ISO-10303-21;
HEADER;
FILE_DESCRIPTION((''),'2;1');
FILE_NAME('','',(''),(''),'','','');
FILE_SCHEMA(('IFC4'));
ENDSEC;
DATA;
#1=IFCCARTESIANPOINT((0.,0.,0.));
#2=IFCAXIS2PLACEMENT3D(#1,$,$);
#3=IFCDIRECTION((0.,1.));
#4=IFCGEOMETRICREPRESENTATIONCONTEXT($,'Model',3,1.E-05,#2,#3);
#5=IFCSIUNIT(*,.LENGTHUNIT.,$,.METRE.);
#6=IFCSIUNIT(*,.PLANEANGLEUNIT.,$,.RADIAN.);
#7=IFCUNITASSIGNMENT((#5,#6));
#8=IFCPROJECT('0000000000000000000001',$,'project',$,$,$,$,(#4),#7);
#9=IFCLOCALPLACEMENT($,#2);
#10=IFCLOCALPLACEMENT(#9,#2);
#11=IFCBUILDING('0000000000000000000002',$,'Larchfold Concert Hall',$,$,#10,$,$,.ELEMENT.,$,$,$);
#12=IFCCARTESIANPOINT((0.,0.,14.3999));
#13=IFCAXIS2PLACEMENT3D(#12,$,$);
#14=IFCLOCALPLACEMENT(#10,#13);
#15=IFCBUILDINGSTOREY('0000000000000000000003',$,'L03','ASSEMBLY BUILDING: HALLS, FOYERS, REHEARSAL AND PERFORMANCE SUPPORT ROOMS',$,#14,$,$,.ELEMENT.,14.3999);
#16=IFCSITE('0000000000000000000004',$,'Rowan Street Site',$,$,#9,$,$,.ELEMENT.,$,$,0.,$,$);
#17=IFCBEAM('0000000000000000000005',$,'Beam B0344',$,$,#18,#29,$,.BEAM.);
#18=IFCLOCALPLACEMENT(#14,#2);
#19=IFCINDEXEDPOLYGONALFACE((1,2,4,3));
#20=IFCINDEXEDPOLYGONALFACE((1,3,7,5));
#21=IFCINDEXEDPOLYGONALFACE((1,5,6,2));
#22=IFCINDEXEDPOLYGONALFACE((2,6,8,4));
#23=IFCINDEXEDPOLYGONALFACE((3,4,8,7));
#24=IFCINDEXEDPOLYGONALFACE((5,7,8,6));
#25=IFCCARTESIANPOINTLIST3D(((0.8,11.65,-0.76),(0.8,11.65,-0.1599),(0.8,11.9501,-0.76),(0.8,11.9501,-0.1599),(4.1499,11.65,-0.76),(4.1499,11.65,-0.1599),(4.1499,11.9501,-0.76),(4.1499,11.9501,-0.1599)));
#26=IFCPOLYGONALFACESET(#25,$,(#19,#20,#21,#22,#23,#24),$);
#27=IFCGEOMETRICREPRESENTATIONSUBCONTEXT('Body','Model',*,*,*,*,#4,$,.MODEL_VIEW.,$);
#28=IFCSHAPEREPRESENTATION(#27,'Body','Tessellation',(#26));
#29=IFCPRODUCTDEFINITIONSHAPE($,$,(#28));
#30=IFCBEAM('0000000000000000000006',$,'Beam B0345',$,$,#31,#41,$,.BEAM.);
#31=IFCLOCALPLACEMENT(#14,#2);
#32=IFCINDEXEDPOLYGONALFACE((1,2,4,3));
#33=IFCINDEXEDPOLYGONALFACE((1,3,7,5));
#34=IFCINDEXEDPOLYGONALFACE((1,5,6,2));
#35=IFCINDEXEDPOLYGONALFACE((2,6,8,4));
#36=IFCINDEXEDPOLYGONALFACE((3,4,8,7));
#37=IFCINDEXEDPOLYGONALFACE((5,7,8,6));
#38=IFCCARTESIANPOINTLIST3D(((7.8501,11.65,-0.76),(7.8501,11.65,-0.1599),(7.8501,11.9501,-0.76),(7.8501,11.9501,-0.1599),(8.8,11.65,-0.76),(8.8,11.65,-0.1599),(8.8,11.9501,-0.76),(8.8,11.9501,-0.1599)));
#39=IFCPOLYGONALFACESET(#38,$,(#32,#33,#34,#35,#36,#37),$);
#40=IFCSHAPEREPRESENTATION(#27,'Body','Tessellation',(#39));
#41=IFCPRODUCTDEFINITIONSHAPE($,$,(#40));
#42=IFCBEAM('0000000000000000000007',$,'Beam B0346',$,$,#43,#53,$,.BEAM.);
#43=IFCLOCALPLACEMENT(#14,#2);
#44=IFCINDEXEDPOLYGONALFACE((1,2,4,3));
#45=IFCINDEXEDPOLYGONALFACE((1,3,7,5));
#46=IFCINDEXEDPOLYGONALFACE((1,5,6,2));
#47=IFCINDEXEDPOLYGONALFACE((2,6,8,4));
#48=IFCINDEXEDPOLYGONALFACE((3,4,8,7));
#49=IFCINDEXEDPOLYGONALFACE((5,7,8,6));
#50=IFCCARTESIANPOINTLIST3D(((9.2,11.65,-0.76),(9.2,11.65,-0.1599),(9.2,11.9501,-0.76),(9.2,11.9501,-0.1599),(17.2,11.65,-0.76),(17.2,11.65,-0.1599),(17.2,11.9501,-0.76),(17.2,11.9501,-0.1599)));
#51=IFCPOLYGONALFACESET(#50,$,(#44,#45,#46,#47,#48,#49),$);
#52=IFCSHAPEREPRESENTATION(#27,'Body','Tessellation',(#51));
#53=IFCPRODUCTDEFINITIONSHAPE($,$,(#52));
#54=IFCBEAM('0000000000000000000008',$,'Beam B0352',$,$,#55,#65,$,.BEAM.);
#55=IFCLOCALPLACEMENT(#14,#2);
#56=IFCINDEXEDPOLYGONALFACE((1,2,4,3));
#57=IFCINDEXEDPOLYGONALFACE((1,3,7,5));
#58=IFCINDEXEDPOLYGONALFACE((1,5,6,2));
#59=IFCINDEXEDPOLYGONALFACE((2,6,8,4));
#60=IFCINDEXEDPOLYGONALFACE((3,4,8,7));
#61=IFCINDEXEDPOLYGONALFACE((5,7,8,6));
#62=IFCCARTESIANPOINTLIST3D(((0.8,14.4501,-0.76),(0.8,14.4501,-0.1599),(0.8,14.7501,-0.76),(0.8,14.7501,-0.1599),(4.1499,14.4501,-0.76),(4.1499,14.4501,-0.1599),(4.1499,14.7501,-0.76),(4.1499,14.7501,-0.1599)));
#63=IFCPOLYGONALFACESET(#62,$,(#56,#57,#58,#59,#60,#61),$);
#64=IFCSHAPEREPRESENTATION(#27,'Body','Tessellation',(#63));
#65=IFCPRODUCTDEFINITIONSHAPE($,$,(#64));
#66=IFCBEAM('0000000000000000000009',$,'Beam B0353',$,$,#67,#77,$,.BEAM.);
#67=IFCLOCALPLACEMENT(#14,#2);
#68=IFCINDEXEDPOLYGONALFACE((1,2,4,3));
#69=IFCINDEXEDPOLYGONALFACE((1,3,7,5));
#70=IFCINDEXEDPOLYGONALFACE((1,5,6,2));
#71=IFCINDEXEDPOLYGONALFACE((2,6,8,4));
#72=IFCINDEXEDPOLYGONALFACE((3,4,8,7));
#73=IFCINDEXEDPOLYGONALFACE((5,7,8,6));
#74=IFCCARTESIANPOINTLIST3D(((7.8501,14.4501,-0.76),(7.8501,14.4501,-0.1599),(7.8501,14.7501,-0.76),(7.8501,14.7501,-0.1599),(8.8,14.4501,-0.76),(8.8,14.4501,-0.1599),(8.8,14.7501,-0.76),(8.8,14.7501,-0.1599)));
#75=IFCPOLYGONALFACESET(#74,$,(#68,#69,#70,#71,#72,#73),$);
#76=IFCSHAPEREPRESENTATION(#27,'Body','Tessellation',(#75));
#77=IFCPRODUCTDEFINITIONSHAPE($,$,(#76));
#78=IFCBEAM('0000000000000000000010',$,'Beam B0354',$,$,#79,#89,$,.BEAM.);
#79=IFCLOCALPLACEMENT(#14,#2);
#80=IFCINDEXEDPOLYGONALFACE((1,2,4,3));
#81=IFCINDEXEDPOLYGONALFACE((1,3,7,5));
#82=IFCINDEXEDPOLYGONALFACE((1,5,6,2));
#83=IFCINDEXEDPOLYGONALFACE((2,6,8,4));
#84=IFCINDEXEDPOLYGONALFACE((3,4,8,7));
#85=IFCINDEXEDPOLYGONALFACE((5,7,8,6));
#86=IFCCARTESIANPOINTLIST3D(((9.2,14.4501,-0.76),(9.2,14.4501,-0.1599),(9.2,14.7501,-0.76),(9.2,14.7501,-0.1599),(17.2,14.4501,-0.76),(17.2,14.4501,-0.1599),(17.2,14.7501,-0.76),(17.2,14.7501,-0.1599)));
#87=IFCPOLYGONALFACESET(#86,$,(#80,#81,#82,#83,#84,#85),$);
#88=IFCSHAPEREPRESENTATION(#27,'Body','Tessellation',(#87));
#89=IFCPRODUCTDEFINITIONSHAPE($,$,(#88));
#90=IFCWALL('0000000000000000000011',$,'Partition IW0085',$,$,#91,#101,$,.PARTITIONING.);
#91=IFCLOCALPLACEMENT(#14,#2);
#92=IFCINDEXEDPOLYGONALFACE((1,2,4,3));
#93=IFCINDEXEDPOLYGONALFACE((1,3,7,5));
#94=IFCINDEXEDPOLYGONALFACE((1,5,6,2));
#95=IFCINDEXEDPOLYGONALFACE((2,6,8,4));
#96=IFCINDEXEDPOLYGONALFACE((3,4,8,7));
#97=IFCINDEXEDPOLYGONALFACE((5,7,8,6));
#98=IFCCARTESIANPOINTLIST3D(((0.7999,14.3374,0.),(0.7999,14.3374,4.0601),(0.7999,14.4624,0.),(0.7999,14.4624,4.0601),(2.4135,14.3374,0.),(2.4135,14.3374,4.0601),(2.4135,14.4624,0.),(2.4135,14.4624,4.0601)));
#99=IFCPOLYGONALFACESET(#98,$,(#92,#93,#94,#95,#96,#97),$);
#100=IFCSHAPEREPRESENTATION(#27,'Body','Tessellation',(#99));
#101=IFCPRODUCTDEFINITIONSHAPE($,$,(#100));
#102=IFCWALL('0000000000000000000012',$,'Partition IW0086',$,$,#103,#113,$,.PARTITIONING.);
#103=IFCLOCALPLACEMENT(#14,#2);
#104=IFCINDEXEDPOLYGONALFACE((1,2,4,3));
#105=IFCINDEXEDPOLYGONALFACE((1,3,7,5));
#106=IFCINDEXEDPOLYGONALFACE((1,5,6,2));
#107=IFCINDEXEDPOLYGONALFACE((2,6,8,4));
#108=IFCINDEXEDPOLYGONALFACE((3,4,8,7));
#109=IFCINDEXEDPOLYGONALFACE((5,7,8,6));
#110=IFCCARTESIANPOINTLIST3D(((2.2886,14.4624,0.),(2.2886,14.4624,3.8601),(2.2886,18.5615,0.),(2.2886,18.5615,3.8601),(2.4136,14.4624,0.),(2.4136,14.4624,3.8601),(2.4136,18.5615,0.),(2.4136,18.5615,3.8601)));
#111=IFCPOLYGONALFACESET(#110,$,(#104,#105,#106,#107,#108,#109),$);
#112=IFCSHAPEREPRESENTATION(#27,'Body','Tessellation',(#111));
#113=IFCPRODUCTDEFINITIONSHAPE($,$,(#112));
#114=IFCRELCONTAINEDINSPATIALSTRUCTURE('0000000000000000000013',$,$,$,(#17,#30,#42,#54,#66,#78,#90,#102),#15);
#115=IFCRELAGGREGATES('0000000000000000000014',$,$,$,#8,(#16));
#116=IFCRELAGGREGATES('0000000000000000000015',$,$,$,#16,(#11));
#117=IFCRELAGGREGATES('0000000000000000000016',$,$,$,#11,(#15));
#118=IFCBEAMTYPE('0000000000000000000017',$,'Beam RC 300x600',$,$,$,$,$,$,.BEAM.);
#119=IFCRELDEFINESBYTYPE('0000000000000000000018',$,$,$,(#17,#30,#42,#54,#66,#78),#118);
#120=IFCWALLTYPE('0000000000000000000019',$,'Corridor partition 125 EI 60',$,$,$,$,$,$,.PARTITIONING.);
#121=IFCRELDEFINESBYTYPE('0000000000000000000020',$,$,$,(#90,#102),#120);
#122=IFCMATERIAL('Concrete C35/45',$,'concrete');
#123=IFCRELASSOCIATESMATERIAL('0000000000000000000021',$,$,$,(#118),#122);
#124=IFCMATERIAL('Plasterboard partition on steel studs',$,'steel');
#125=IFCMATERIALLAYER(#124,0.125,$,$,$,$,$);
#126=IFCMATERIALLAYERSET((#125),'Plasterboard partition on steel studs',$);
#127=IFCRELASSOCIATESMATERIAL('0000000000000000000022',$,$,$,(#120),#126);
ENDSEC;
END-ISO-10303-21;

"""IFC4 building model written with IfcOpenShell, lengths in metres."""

from ifc_helpers import new_model, si_unit, direction, frame, frame_2d, origin, origin_2d, place, context, subcontext, project, spatial, rectangle, extrude, material, layer, layer_set, material_profile, profile_set, type_object, element, save


model = new_model("IFC4")

# Units and contexts
model_context = context("Model", 3, precision=1e-05, world=origin(), true_north=direction((0.0, 1.0)))
body_context = subcontext(model_context, "Body", "Model", "MODEL_VIEW")
ifc_project = project(units=[si_unit("LENGTHUNIT", "METRE"), si_unit("PLANEANGLEUNIT", "RADIAN")], contexts=[model_context])

# Site, building, storey
site_placement = place(None, origin())
site = spatial("IfcSite", under=ifc_project, at=site_placement, Name="Rowan Street Site", CompositionType="ELEMENT", RefElevation=0.0)
building_placement = place(site_placement, origin())
building = spatial("IfcBuilding", under=site, at=building_placement, Name="Larchfold Concert Hall", CompositionType="ELEMENT")
storey_placement = place(building_placement, frame((0.0, 0.0, 14.3999)))
storey = spatial("IfcBuildingStorey", under=building, at=storey_placement, Name="L03", Description="ASSEMBLY BUILDING: HALLS, FOYERS, REHEARSAL AND PERFORMANCE SUPPORT ROOMS", CompositionType="ELEMENT", Elevation=14.3999)

# Beams
ifc_material_1 = material(Name="Concrete C35/45", Category="concrete")
ifc_material_profile = material_profile(ifc_material_1, rectangle(XDim=0.3, YDim=0.6001, at=origin_2d()))
ifc_profile_set = profile_set([ifc_material_profile], Name="Concrete C35/45")
beam_type = type_object("IfcBeamType", Name="Beam RC 300x600", PredefinedType="BEAM", material=ifc_profile_set)
beam_1_placement = place(storey_placement, frame((0.8, 11.8, -0.46), z_axis=(1.0, 0.0, 0.0), x_axis=(0.0, 1.0, 0.0)))
element("IfcBeam", 1, at=beam_1_placement, inside=storey, type_object=beam_type, Name="Beam B0344", PredefinedType="BEAM", context=body_context, shape_type="SweptSolid", body=[
    extrude(rectangle(XDim=0.3, YDim=0.6001, at=origin_2d()), origin(), (0.0, 0.0, 1.0), 3.3499),
])
beam_2_placement = place(storey_placement, frame((7.8501, 11.8, -0.46), z_axis=(1.0, 0.0, 0.0), x_axis=(0.0, 1.0, 0.0)))
element("IfcBeam", 2, at=beam_2_placement, inside=storey, type_object=beam_type, Name="Beam B0345", PredefinedType="BEAM", context=body_context, shape_type="SweptSolid", body=[
    extrude(rectangle(XDim=0.3, YDim=0.6001, at=origin_2d()), origin(), (0.0, 0.0, 1.0), 0.95),
])
beam_3_placement = place(storey_placement, frame((9.2, 11.8, -0.46), z_axis=(1.0, 0.0, 0.0), x_axis=(0.0, 1.0, 0.0)))
element("IfcBeam", 3, at=beam_3_placement, inside=storey, type_object=beam_type, Name="Beam B0346", PredefinedType="BEAM", context=body_context, shape_type="SweptSolid", body=[
    extrude(rectangle(XDim=0.3, YDim=0.6001, at=origin_2d()), origin(), (0.0, 0.0, 1.0), 8.0),
])
beam_4_placement = place(storey_placement, frame((0.8, 14.6001, -0.46), z_axis=(1.0, 0.0, 0.0), x_axis=(0.0, 1.0, 0.0)))
element("IfcBeam", 4, at=beam_4_placement, inside=storey, type_object=beam_type, Name="Beam B0352", PredefinedType="BEAM", context=body_context, shape_type="SweptSolid", body=[
    extrude(rectangle(XDim=0.3, YDim=0.6001, at=origin_2d()), origin(), (0.0, 0.0, 1.0), 3.3499),
])
beam_5_placement = place(storey_placement, frame((7.8501, 14.6001, -0.46), z_axis=(1.0, 0.0, 0.0), x_axis=(0.0, 1.0, 0.0)))
element("IfcBeam", 5, at=beam_5_placement, inside=storey, type_object=beam_type, Name="Beam B0353", PredefinedType="BEAM", context=body_context, shape_type="SweptSolid", body=[
    extrude(rectangle(XDim=0.3, YDim=0.6001, at=origin_2d()), origin(), (0.0, 0.0, 1.0), 0.95),
])
beam_6_placement = place(storey_placement, frame((9.2, 14.6001, -0.46), z_axis=(1.0, 0.0, 0.0), x_axis=(0.0, 1.0, 0.0)))
element("IfcBeam", 6, at=beam_6_placement, inside=storey, type_object=beam_type, Name="Beam B0354", PredefinedType="BEAM", context=body_context, shape_type="SweptSolid", body=[
    extrude(rectangle(XDim=0.3, YDim=0.6001, at=origin_2d()), origin(), (0.0, 0.0, 1.0), 8.0),
])

# Walls
ifc_material_2 = material(Name="Plasterboard partition on steel studs", Category="steel")
ifc_layer_1 = layer(ifc_material_2, 0.125)
ifc_layer_set_1 = layer_set([ifc_layer_1], Name="Plasterboard partition on steel studs")
wall_type_1 = type_object("IfcWallType", Name="Corridor partition 125 EI 60", PredefinedType="PARTITIONING", material=ifc_layer_set_1)
wall_1_placement = place(storey_placement, frame((0.8, 14.3999, 0.0), z_axis=(0.0, 0.0, 1.0), x_axis=(1.0, 0.0, 0.0)))
element("IfcWall", 7, at=wall_1_placement, inside=storey, type_object=wall_type_1, Name="Partition IW0085", PredefinedType="PARTITIONING", context=body_context, shape_type="SweptSolid", body=[
    extrude(rectangle(XDim=1.6135, YDim=0.125, at=frame_2d((0.8066, 0.0))), origin(), (0.0, 0.0, 1.0), 4.0601),
])
wall_2_placement = place(storey_placement, frame((2.3511, 14.4624, 0.0), z_axis=(0.0, 0.0, 1.0), x_axis=(0.0, 1.0, 0.0)))
element("IfcWall", 8, at=wall_2_placement, inside=storey, type_object=wall_type_1, Name="Partition IW0086", PredefinedType="PARTITIONING", context=body_context, shape_type="SweptSolid", body=[
    extrude(rectangle(XDim=4.0991, YDim=0.125, at=frame_2d((2.0496, 0.0))), origin(), (0.0, 0.0, 1.0), 3.8601),
])

save(model, "model.ifc")
